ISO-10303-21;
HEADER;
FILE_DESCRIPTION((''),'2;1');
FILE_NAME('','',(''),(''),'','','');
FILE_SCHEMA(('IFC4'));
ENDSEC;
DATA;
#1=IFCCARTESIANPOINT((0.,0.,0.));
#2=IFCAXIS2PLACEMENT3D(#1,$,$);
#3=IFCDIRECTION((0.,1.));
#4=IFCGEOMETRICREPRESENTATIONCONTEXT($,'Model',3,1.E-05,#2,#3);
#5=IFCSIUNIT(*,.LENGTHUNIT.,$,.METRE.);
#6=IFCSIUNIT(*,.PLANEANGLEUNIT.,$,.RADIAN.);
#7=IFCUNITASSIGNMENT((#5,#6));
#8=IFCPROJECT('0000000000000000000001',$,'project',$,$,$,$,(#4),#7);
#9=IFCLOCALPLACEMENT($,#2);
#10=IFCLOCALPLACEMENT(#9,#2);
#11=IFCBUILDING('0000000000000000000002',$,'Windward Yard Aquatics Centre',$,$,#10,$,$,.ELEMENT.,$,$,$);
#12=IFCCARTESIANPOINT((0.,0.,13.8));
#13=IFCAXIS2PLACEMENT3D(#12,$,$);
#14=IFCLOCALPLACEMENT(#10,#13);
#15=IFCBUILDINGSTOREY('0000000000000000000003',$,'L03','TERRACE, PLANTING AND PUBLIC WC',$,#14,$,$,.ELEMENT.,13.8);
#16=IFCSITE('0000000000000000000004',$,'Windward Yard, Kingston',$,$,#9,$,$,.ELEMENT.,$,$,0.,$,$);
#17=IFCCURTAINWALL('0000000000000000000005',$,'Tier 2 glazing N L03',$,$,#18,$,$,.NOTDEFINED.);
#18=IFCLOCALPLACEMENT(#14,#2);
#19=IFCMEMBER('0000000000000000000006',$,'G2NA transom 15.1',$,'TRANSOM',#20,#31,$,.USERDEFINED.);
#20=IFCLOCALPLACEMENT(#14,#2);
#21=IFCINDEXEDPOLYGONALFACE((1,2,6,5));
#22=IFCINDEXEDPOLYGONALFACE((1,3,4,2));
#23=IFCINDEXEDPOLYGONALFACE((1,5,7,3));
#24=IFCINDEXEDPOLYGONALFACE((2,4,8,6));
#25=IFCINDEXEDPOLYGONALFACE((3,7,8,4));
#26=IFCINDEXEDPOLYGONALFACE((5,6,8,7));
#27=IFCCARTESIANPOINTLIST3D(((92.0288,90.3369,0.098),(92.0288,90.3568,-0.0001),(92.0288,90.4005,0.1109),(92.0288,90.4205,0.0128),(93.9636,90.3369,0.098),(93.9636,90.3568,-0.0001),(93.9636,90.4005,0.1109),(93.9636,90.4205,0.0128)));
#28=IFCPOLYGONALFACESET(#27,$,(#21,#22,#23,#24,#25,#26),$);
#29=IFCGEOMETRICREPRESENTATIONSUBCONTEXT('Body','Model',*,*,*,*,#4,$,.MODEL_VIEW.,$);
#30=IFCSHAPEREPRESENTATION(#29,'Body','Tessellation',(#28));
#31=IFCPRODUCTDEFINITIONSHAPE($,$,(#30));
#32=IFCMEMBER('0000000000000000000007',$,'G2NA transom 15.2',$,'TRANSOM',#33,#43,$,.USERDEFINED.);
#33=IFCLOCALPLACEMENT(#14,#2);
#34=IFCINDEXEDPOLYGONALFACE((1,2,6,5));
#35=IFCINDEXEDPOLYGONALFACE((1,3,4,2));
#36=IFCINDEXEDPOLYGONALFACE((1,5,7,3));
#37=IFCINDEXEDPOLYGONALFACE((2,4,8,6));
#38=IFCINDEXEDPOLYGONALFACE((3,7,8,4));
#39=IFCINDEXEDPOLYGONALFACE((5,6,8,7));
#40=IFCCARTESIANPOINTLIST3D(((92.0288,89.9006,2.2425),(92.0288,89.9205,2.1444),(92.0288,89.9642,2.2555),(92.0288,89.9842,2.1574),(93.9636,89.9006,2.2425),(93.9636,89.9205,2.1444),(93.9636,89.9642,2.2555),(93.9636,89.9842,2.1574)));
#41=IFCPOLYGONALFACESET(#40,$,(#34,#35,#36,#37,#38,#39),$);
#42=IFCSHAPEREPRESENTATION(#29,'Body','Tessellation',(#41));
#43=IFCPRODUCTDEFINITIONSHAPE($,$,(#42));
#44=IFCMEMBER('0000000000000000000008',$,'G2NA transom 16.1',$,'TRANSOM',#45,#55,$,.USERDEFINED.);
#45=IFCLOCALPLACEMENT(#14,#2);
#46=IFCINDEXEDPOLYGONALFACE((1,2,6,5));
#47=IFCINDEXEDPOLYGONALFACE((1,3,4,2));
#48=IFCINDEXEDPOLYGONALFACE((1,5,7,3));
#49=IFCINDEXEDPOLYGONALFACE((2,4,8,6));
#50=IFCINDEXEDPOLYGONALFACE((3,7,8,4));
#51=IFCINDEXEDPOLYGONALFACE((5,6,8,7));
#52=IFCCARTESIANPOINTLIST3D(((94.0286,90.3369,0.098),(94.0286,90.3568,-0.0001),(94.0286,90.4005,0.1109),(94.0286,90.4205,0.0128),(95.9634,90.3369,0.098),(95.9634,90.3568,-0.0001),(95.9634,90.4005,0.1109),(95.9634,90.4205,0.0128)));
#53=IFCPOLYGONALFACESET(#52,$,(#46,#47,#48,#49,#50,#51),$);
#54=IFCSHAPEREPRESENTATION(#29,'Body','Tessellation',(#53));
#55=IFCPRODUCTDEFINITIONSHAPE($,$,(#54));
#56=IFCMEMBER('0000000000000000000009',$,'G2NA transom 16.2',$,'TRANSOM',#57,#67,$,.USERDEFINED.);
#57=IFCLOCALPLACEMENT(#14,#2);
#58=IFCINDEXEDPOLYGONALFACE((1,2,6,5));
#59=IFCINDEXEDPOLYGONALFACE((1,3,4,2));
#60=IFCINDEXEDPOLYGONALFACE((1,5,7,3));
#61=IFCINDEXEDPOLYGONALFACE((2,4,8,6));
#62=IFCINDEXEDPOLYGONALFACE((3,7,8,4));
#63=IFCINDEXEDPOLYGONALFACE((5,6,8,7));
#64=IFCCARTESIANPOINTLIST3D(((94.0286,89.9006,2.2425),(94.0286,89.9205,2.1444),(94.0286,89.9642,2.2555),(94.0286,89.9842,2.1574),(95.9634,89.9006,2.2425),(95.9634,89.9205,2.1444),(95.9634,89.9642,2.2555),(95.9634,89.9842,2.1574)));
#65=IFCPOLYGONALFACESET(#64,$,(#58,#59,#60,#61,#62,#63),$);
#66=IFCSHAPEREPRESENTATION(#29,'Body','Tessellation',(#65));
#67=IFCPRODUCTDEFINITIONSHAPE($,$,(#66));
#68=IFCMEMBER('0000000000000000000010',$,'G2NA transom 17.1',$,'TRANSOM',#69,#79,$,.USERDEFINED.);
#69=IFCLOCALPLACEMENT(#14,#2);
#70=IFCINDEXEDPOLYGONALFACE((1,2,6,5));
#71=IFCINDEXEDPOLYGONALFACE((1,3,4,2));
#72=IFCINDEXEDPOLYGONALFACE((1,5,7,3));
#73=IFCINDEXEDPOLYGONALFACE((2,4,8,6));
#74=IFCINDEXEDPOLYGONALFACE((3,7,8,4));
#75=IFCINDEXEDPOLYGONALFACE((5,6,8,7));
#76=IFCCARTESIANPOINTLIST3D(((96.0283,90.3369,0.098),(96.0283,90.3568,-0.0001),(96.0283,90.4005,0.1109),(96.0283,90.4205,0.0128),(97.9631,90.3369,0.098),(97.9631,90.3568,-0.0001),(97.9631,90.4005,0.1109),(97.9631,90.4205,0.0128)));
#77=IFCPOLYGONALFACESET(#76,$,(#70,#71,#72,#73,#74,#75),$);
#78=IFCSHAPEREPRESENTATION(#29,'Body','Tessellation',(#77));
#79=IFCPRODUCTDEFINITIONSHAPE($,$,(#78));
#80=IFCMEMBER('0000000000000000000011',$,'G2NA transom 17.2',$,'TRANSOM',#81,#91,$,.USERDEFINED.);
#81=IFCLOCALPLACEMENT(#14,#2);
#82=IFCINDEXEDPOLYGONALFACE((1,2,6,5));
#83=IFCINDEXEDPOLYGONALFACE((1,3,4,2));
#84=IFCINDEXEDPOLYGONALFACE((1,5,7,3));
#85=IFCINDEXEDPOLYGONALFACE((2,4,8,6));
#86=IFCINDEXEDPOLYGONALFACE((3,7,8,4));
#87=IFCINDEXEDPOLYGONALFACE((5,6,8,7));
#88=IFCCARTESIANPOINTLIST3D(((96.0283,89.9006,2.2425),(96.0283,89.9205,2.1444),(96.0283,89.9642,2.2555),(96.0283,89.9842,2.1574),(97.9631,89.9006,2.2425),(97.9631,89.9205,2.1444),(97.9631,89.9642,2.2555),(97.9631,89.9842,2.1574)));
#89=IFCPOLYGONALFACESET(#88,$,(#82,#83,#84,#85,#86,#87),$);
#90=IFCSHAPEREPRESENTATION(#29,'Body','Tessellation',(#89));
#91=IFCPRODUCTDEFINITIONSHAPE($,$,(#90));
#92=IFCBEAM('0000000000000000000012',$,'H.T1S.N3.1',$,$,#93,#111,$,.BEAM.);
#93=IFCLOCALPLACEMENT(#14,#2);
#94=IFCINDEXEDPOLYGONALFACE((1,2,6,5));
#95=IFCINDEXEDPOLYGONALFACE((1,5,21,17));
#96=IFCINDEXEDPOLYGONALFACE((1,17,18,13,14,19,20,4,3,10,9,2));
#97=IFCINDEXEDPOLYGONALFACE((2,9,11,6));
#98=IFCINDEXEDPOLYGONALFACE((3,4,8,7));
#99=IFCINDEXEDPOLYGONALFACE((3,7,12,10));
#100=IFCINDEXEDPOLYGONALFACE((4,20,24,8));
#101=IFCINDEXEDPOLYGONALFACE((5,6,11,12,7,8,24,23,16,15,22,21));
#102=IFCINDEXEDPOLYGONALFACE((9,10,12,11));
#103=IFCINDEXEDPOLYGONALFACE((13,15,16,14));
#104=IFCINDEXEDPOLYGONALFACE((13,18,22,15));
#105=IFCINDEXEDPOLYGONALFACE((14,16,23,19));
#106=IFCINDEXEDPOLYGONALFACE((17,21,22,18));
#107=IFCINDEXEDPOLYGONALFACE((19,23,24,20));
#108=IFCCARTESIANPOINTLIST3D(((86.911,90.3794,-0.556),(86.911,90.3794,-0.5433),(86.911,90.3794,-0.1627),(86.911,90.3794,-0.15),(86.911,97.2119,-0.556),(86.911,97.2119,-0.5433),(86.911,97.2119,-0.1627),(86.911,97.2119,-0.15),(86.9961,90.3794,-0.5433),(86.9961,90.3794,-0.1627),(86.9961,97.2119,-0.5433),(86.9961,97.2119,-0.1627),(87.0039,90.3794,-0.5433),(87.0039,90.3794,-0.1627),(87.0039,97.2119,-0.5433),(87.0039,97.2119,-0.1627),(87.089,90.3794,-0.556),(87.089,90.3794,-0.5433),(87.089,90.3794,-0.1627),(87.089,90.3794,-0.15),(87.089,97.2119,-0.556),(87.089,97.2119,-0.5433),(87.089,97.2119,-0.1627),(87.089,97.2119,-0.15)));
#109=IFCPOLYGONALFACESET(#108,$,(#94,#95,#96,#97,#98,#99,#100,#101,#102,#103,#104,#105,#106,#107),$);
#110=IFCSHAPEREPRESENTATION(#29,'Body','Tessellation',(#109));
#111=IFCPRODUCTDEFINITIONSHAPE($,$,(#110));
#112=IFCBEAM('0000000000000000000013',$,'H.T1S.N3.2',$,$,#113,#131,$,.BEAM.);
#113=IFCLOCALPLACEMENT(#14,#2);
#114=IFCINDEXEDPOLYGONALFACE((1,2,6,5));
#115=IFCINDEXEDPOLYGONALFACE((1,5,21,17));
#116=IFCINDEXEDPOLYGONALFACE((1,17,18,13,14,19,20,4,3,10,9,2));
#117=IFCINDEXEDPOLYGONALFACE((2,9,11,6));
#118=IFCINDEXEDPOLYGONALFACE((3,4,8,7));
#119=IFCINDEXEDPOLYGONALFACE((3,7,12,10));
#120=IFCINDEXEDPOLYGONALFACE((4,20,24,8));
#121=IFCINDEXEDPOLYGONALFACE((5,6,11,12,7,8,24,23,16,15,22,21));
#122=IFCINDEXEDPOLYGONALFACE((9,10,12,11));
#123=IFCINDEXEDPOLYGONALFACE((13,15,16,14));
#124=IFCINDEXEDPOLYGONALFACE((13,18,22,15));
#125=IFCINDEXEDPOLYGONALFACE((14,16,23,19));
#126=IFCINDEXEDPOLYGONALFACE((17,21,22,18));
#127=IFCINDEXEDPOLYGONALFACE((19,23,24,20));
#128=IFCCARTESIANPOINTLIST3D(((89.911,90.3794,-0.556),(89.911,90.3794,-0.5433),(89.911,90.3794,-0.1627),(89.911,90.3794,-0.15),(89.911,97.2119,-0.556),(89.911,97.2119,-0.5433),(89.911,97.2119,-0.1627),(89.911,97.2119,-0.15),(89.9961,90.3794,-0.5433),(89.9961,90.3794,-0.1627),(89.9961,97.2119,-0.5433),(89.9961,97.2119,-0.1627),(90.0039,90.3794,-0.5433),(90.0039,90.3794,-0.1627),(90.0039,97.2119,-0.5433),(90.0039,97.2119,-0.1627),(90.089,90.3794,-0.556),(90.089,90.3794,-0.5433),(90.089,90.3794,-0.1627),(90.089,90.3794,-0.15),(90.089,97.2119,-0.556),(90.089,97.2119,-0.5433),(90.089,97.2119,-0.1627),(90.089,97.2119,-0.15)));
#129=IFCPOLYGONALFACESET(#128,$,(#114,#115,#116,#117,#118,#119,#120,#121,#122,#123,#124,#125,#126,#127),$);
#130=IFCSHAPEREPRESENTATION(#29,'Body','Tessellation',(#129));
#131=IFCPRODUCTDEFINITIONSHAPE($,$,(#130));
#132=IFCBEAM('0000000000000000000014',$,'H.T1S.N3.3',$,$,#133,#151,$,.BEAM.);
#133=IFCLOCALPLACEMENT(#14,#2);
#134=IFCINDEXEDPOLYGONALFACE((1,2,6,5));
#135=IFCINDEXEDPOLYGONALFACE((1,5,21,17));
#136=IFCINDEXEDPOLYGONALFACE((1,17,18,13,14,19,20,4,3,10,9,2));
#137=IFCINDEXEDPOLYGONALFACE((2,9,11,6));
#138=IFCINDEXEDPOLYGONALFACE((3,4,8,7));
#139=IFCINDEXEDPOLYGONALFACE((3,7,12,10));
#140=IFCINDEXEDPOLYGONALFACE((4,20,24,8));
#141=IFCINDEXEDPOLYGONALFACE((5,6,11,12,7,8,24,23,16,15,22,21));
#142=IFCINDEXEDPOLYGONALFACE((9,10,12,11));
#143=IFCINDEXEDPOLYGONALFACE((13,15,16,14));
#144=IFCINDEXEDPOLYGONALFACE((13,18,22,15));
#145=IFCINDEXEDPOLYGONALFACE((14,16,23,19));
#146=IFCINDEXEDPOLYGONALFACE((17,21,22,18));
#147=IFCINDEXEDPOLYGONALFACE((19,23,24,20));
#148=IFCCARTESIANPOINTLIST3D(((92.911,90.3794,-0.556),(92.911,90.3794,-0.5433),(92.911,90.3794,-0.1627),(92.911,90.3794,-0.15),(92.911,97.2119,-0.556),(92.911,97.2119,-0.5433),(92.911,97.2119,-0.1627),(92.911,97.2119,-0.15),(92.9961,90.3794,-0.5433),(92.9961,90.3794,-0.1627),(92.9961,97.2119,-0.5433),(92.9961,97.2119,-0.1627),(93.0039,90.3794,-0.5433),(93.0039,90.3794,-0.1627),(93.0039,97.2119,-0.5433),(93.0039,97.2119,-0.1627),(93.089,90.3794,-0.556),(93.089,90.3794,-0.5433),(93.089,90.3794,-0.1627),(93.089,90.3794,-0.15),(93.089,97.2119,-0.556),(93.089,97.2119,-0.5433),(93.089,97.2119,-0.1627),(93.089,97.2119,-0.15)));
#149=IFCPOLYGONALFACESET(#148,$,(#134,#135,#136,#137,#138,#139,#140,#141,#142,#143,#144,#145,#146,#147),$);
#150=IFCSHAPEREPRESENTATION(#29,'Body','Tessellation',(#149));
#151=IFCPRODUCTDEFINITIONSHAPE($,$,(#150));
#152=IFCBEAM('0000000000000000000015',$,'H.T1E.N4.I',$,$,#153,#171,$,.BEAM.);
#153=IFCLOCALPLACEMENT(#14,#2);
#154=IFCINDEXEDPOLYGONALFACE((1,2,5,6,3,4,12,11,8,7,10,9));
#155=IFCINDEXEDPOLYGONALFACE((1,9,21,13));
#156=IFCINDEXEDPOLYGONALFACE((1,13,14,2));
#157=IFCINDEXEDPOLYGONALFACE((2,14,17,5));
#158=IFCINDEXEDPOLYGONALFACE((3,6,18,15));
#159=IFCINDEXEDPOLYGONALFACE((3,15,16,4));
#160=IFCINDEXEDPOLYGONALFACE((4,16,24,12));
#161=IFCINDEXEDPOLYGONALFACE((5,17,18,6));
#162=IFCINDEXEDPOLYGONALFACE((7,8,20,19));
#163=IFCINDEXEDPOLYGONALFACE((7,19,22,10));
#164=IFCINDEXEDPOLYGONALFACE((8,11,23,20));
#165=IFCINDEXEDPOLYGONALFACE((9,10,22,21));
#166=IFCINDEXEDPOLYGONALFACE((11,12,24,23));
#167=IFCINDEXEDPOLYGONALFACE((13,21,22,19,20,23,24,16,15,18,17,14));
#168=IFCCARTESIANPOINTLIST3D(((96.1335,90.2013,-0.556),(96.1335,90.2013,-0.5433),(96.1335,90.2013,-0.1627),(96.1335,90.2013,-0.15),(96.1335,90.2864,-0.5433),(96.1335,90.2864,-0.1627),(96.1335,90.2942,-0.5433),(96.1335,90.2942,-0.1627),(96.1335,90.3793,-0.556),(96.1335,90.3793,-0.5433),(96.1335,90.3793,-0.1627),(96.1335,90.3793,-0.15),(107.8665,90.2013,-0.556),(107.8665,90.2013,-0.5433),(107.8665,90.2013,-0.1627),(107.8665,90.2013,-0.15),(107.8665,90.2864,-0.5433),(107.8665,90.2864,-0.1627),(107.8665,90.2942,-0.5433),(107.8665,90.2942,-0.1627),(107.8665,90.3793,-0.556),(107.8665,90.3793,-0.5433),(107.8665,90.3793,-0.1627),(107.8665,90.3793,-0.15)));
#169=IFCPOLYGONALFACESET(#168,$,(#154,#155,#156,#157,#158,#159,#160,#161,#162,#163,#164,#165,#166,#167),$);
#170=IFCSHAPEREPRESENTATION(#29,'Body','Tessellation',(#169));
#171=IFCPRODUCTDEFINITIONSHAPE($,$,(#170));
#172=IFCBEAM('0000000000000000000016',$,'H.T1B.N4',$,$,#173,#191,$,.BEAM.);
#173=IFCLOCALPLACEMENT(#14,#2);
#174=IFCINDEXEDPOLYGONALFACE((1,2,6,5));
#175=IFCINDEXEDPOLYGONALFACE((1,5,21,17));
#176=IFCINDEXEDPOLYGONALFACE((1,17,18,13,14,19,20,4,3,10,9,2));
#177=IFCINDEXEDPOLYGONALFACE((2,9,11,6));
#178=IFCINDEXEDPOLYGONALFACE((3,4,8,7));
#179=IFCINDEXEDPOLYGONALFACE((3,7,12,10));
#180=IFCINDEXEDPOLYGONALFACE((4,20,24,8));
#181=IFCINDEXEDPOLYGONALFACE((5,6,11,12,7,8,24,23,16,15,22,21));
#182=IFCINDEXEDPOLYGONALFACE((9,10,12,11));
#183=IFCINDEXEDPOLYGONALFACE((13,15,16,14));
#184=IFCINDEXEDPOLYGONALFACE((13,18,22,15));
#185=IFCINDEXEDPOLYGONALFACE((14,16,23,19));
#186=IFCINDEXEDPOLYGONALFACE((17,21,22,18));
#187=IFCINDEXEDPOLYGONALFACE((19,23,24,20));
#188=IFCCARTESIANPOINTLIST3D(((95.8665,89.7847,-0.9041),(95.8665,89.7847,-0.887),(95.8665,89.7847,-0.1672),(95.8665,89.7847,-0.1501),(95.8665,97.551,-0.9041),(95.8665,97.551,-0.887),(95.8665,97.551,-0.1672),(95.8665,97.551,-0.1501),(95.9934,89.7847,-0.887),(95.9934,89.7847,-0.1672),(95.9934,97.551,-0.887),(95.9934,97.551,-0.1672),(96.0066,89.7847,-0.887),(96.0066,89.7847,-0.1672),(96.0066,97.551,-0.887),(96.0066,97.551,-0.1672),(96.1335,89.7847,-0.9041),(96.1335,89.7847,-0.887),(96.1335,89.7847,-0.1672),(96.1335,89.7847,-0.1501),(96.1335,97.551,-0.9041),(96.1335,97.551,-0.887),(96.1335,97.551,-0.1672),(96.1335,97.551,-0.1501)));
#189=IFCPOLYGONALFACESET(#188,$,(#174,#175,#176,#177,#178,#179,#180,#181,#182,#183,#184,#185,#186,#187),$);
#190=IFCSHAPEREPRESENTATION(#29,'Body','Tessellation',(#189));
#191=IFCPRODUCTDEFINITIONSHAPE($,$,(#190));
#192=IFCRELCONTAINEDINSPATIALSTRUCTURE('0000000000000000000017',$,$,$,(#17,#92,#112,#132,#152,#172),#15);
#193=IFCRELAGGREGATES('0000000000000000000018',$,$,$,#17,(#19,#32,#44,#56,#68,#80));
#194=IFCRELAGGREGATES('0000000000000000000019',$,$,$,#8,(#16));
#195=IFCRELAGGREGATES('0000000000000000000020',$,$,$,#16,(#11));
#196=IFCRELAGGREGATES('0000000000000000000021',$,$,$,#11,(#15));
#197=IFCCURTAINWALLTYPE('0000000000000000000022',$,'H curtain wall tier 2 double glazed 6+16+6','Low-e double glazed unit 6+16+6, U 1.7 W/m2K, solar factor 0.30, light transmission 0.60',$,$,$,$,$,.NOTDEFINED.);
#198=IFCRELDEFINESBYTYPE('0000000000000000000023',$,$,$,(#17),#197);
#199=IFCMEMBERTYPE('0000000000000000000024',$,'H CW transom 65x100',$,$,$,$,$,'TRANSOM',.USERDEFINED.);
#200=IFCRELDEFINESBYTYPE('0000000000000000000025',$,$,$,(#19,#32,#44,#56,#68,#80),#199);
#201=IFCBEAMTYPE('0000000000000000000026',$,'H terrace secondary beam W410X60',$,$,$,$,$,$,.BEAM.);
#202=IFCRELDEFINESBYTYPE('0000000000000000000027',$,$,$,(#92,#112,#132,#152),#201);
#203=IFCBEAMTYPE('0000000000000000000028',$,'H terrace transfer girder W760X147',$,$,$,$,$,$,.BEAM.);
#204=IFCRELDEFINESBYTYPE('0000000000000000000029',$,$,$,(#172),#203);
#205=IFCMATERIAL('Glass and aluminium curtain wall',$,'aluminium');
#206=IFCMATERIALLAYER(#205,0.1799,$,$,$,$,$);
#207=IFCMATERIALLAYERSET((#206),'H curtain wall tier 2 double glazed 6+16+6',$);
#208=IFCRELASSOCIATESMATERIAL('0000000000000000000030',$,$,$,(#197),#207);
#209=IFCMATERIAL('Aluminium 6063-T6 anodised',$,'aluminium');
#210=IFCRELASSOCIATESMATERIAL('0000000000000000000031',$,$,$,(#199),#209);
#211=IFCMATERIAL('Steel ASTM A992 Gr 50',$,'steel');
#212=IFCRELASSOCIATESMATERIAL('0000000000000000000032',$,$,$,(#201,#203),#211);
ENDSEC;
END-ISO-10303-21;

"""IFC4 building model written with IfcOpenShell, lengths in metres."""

from ifc_helpers import new_model, si_unit, direction, frame, origin, origin_2d, place, context, subcontext, project, spatial, rectangle, i_section, extrude, material, layer, layer_set, material_profile, profile_set, type_object, element, aggregate, save


model = new_model("IFC4")

# Units and contexts
model_context = context("Model", 3, precision=1e-05, world=origin(), true_north=direction((0.0, 1.0)))
body_context = subcontext(model_context, "Body", "Model", "MODEL_VIEW")
ifc_project = project(units=[si_unit("LENGTHUNIT", "METRE"), si_unit("PLANEANGLEUNIT", "RADIAN")], contexts=[model_context])

# Site, building, storey
site_placement = place(None, origin())
site = spatial("IfcSite", under=ifc_project, at=site_placement, Name="Windward Yard, Kingston", CompositionType="ELEMENT", RefElevation=0.0)
building_placement = place(site_placement, origin())
building = spatial("IfcBuilding", under=site, at=building_placement, Name="Windward Yard Aquatics Centre", CompositionType="ELEMENT")
storey_placement = place(building_placement, frame((0.0, 0.0, 13.8)))
storey = spatial("IfcBuildingStorey", under=building, at=storey_placement, Name="L03", Description="TERRACE, PLANTING AND PUBLIC WC", CompositionType="ELEMENT", Elevation=13.8)

# Curtain wall, members
ifc_material_1 = material(Name="Glass and aluminium curtain wall", Category="aluminium")
ifc_layer_1 = layer(ifc_material_1, 0.1799)
ifc_layer_set_1 = layer_set([ifc_layer_1], Name="H curtain wall tier 2 double glazed 6+16+6")
curtain_wall_type = type_object("IfcCurtainWallType", Name="H curtain wall tier 2 double glazed 6+16+6", Description="Low-e double glazed unit 6+16+6, U 1.7 W/m2K, solar factor 0.30, light transmission 0.60", PredefinedType="NOTDEFINED", material=ifc_layer_set_1)
curtain_wall_placement = place(storey_placement, origin())
curtain_wall = element("IfcCurtainWall", 1, at=curtain_wall_placement, inside=storey, type_object=curtain_wall_type, Name="Tier 2 glazing N L03", PredefinedType="NOTDEFINED")
ifc_material_2 = material(Name="Aluminium 6063-T6 anodised", Category="aluminium")
ifc_material_profile_1 = material_profile(ifc_material_2, rectangle(XDim=0.0649, YDim=0.1001, at=origin_2d()), Name="H CW transom 65x100")
ifc_profile_set_1 = profile_set([ifc_material_profile_1], Name="Aluminium 6063-T6 anodised")
member_type_1 = type_object("IfcMemberType", Name="H CW transom 65x100", ElementType="TRANSOM", PredefinedType="USERDEFINED", material=ifc_profile_set_1)
member_1_placement = place(storey_placement, frame((92.0288, 90.3787, 0.0554), z_axis=(1.0, 0.0, 0.0), x_axis=(0.0, 0.979925, 0.199368)))
member_1 = element("IfcMember", 2, at=member_1_placement, type_object=member_type_1, Name="G2NA transom 15.1", ObjectType="TRANSOM", PredefinedType="USERDEFINED", context=body_context, shape_type="SweptSolid", body=[
    extrude(rectangle(XDim=0.0649, YDim=0.1001, at=origin_2d()), origin(), (0.0, 0.0, 1.0), 1.9348),
])
member_2_placement = place(storey_placement, frame((92.0288, 89.9424, 2.2), z_axis=(1.0, 0.0, 0.0), x_axis=(0.0, 0.979925, 0.199368)))
member_2 = element("IfcMember", 3, at=member_2_placement, type_object=member_type_1, Name="G2NA transom 15.2", ObjectType="TRANSOM", PredefinedType="USERDEFINED", context=body_context, shape_type="SweptSolid", body=[
    extrude(rectangle(XDim=0.0649, YDim=0.1001, at=origin_2d()), origin(), (0.0, 0.0, 1.0), 1.9348),
])
member_3_placement = place(storey_placement, frame((94.0286, 90.3787, 0.0554), z_axis=(1.0, 0.0, 0.0), x_axis=(0.0, 0.979925, 0.199368)))
member_3 = element("IfcMember", 4, at=member_3_placement, type_object=member_type_1, Name="G2NA transom 16.1", ObjectType="TRANSOM", PredefinedType="USERDEFINED", context=body_context, shape_type="SweptSolid", body=[
    extrude(rectangle(XDim=0.0649, YDim=0.1001, at=origin_2d()), origin(), (0.0, 0.0, 1.0), 1.9348),
])
member_4_placement = place(storey_placement, frame((94.0286, 89.9424, 2.2), z_axis=(1.0, 0.0, 0.0), x_axis=(0.0, 0.979925, 0.199368)))
member_4 = element("IfcMember", 5, at=member_4_placement, type_object=member_type_1, Name="G2NA transom 16.2", ObjectType="TRANSOM", PredefinedType="USERDEFINED", context=body_context, shape_type="SweptSolid", body=[
    extrude(rectangle(XDim=0.0649, YDim=0.1001, at=origin_2d()), origin(), (0.0, 0.0, 1.0), 1.9348),
])
member_5_placement = place(storey_placement, frame((96.0283, 90.3787, 0.0554), z_axis=(1.0, 0.0, 0.0), x_axis=(0.0, 0.979925, 0.199368)))
member_5 = element("IfcMember", 6, at=member_5_placement, type_object=member_type_1, Name="G2NA transom 17.1", ObjectType="TRANSOM", PredefinedType="USERDEFINED", context=body_context, shape_type="SweptSolid", body=[
    extrude(rectangle(XDim=0.0649, YDim=0.1001, at=origin_2d()), origin(), (0.0, 0.0, 1.0), 1.9348),
])
member_6_placement = place(storey_placement, frame((96.0283, 89.9424, 2.2), z_axis=(1.0, 0.0, 0.0), x_axis=(0.0, 0.979925, 0.199368)))
member_6 = element("IfcMember", 7, at=member_6_placement, type_object=member_type_1, Name="G2NA transom 17.2", ObjectType="TRANSOM", PredefinedType="USERDEFINED", context=body_context, shape_type="SweptSolid", body=[
    extrude(rectangle(XDim=0.0649, YDim=0.1001, at=origin_2d()), origin(), (0.0, 0.0, 1.0), 1.9348),
])

# Beams
ifc_material_3 = material(Name="Steel ASTM A992 Gr 50", Category="steel")
ifc_material_profile_2 = material_profile(ifc_material_3, i_section(OverallWidth=0.178, OverallDepth=0.406, WebThickness=0.0078, FlangeThickness=0.0127, at=origin_2d()), Name="W410X60")
ifc_profile_set_2 = profile_set([ifc_material_profile_2], Name="Steel ASTM A992 Gr 50")
beam_type_1 = type_object("IfcBeamType", Name="H terrace secondary beam W410X60", PredefinedType="BEAM", material=ifc_profile_set_2)
for number, where, z_axis, x_axis, name in (
    (8, (87.0, 97.2119, -0.353), (0.0, -1.0, 0.0), (1.0, 0.0, 0.0), "H.T1S.N3.1"),
    (9, (90.0, 97.2119, -0.353), (0.0, -1.0, 0.0), (1.0, 0.0, 0.0), "H.T1S.N3.2"),
    (10, (93.0, 97.2119, -0.353), (0.0, -1.0, 0.0), (1.0, 0.0, 0.0), "H.T1S.N3.3"),
):
    element("IfcBeam", number, at=place(storey_placement, frame(where, z_axis=z_axis, x_axis=x_axis)), inside=storey, type_object=beam_type_1, Name=name, PredefinedType="BEAM", context=body_context, shape_type="SweptSolid", body=[
        extrude(i_section(OverallWidth=0.178, OverallDepth=0.406, WebThickness=0.0078, FlangeThickness=0.0127, at=origin_2d()), origin(), (0.0, 0.0, 1.0), 6.8325),
    ])
beam_1_placement = place(storey_placement, frame((96.1335, 90.2903, -0.353), z_axis=(1.0, 0.0, 0.0), x_axis=(0.0, 1.0, 0.0)))
element("IfcBeam", 11, at=beam_1_placement, inside=storey, type_object=beam_type_1, Name="H.T1E.N4.I", PredefinedType="BEAM", context=body_context, shape_type="SweptSolid", body=[
    extrude(i_section(OverallWidth=0.178, OverallDepth=0.406, WebThickness=0.0078, FlangeThickness=0.0127, at=origin_2d()), origin(), (0.0, 0.0, 1.0), 11.7329),
])
ifc_material_profile_3 = material_profile(ifc_material_3, i_section(OverallWidth=0.2671, OverallDepth=0.7539, WebThickness=0.0132, FlangeThickness=0.0171, at=origin_2d()), Name="W760X147")
ifc_profile_set_3 = profile_set([ifc_material_profile_3], Name="Steel ASTM A992 Gr 50")
beam_type_2 = type_object("IfcBeamType", Name="H terrace transfer girder W760X147", PredefinedType="BEAM", material=ifc_profile_set_3)
beam_2_placement = place(storey_placement, frame((96.0, 97.551, -0.5271), z_axis=(0.0, -1.0, 0.0), x_axis=(1.0, 0.0, 0.0)))
element("IfcBeam", 12, at=beam_2_placement, inside=storey, type_object=beam_type_2, Name="H.T1B.N4", PredefinedType="BEAM", context=body_context, shape_type="SweptSolid", body=[
    extrude(i_section(OverallWidth=0.2671, OverallDepth=0.7539, WebThickness=0.0132, FlangeThickness=0.0171, at=origin_2d()), origin(), (0.0, 0.0, 1.0), 7.7664),
])

aggregate(curtain_wall, [member_1, member_2, member_3, member_4, member_5, member_6])

save(model, "model.ifc")
